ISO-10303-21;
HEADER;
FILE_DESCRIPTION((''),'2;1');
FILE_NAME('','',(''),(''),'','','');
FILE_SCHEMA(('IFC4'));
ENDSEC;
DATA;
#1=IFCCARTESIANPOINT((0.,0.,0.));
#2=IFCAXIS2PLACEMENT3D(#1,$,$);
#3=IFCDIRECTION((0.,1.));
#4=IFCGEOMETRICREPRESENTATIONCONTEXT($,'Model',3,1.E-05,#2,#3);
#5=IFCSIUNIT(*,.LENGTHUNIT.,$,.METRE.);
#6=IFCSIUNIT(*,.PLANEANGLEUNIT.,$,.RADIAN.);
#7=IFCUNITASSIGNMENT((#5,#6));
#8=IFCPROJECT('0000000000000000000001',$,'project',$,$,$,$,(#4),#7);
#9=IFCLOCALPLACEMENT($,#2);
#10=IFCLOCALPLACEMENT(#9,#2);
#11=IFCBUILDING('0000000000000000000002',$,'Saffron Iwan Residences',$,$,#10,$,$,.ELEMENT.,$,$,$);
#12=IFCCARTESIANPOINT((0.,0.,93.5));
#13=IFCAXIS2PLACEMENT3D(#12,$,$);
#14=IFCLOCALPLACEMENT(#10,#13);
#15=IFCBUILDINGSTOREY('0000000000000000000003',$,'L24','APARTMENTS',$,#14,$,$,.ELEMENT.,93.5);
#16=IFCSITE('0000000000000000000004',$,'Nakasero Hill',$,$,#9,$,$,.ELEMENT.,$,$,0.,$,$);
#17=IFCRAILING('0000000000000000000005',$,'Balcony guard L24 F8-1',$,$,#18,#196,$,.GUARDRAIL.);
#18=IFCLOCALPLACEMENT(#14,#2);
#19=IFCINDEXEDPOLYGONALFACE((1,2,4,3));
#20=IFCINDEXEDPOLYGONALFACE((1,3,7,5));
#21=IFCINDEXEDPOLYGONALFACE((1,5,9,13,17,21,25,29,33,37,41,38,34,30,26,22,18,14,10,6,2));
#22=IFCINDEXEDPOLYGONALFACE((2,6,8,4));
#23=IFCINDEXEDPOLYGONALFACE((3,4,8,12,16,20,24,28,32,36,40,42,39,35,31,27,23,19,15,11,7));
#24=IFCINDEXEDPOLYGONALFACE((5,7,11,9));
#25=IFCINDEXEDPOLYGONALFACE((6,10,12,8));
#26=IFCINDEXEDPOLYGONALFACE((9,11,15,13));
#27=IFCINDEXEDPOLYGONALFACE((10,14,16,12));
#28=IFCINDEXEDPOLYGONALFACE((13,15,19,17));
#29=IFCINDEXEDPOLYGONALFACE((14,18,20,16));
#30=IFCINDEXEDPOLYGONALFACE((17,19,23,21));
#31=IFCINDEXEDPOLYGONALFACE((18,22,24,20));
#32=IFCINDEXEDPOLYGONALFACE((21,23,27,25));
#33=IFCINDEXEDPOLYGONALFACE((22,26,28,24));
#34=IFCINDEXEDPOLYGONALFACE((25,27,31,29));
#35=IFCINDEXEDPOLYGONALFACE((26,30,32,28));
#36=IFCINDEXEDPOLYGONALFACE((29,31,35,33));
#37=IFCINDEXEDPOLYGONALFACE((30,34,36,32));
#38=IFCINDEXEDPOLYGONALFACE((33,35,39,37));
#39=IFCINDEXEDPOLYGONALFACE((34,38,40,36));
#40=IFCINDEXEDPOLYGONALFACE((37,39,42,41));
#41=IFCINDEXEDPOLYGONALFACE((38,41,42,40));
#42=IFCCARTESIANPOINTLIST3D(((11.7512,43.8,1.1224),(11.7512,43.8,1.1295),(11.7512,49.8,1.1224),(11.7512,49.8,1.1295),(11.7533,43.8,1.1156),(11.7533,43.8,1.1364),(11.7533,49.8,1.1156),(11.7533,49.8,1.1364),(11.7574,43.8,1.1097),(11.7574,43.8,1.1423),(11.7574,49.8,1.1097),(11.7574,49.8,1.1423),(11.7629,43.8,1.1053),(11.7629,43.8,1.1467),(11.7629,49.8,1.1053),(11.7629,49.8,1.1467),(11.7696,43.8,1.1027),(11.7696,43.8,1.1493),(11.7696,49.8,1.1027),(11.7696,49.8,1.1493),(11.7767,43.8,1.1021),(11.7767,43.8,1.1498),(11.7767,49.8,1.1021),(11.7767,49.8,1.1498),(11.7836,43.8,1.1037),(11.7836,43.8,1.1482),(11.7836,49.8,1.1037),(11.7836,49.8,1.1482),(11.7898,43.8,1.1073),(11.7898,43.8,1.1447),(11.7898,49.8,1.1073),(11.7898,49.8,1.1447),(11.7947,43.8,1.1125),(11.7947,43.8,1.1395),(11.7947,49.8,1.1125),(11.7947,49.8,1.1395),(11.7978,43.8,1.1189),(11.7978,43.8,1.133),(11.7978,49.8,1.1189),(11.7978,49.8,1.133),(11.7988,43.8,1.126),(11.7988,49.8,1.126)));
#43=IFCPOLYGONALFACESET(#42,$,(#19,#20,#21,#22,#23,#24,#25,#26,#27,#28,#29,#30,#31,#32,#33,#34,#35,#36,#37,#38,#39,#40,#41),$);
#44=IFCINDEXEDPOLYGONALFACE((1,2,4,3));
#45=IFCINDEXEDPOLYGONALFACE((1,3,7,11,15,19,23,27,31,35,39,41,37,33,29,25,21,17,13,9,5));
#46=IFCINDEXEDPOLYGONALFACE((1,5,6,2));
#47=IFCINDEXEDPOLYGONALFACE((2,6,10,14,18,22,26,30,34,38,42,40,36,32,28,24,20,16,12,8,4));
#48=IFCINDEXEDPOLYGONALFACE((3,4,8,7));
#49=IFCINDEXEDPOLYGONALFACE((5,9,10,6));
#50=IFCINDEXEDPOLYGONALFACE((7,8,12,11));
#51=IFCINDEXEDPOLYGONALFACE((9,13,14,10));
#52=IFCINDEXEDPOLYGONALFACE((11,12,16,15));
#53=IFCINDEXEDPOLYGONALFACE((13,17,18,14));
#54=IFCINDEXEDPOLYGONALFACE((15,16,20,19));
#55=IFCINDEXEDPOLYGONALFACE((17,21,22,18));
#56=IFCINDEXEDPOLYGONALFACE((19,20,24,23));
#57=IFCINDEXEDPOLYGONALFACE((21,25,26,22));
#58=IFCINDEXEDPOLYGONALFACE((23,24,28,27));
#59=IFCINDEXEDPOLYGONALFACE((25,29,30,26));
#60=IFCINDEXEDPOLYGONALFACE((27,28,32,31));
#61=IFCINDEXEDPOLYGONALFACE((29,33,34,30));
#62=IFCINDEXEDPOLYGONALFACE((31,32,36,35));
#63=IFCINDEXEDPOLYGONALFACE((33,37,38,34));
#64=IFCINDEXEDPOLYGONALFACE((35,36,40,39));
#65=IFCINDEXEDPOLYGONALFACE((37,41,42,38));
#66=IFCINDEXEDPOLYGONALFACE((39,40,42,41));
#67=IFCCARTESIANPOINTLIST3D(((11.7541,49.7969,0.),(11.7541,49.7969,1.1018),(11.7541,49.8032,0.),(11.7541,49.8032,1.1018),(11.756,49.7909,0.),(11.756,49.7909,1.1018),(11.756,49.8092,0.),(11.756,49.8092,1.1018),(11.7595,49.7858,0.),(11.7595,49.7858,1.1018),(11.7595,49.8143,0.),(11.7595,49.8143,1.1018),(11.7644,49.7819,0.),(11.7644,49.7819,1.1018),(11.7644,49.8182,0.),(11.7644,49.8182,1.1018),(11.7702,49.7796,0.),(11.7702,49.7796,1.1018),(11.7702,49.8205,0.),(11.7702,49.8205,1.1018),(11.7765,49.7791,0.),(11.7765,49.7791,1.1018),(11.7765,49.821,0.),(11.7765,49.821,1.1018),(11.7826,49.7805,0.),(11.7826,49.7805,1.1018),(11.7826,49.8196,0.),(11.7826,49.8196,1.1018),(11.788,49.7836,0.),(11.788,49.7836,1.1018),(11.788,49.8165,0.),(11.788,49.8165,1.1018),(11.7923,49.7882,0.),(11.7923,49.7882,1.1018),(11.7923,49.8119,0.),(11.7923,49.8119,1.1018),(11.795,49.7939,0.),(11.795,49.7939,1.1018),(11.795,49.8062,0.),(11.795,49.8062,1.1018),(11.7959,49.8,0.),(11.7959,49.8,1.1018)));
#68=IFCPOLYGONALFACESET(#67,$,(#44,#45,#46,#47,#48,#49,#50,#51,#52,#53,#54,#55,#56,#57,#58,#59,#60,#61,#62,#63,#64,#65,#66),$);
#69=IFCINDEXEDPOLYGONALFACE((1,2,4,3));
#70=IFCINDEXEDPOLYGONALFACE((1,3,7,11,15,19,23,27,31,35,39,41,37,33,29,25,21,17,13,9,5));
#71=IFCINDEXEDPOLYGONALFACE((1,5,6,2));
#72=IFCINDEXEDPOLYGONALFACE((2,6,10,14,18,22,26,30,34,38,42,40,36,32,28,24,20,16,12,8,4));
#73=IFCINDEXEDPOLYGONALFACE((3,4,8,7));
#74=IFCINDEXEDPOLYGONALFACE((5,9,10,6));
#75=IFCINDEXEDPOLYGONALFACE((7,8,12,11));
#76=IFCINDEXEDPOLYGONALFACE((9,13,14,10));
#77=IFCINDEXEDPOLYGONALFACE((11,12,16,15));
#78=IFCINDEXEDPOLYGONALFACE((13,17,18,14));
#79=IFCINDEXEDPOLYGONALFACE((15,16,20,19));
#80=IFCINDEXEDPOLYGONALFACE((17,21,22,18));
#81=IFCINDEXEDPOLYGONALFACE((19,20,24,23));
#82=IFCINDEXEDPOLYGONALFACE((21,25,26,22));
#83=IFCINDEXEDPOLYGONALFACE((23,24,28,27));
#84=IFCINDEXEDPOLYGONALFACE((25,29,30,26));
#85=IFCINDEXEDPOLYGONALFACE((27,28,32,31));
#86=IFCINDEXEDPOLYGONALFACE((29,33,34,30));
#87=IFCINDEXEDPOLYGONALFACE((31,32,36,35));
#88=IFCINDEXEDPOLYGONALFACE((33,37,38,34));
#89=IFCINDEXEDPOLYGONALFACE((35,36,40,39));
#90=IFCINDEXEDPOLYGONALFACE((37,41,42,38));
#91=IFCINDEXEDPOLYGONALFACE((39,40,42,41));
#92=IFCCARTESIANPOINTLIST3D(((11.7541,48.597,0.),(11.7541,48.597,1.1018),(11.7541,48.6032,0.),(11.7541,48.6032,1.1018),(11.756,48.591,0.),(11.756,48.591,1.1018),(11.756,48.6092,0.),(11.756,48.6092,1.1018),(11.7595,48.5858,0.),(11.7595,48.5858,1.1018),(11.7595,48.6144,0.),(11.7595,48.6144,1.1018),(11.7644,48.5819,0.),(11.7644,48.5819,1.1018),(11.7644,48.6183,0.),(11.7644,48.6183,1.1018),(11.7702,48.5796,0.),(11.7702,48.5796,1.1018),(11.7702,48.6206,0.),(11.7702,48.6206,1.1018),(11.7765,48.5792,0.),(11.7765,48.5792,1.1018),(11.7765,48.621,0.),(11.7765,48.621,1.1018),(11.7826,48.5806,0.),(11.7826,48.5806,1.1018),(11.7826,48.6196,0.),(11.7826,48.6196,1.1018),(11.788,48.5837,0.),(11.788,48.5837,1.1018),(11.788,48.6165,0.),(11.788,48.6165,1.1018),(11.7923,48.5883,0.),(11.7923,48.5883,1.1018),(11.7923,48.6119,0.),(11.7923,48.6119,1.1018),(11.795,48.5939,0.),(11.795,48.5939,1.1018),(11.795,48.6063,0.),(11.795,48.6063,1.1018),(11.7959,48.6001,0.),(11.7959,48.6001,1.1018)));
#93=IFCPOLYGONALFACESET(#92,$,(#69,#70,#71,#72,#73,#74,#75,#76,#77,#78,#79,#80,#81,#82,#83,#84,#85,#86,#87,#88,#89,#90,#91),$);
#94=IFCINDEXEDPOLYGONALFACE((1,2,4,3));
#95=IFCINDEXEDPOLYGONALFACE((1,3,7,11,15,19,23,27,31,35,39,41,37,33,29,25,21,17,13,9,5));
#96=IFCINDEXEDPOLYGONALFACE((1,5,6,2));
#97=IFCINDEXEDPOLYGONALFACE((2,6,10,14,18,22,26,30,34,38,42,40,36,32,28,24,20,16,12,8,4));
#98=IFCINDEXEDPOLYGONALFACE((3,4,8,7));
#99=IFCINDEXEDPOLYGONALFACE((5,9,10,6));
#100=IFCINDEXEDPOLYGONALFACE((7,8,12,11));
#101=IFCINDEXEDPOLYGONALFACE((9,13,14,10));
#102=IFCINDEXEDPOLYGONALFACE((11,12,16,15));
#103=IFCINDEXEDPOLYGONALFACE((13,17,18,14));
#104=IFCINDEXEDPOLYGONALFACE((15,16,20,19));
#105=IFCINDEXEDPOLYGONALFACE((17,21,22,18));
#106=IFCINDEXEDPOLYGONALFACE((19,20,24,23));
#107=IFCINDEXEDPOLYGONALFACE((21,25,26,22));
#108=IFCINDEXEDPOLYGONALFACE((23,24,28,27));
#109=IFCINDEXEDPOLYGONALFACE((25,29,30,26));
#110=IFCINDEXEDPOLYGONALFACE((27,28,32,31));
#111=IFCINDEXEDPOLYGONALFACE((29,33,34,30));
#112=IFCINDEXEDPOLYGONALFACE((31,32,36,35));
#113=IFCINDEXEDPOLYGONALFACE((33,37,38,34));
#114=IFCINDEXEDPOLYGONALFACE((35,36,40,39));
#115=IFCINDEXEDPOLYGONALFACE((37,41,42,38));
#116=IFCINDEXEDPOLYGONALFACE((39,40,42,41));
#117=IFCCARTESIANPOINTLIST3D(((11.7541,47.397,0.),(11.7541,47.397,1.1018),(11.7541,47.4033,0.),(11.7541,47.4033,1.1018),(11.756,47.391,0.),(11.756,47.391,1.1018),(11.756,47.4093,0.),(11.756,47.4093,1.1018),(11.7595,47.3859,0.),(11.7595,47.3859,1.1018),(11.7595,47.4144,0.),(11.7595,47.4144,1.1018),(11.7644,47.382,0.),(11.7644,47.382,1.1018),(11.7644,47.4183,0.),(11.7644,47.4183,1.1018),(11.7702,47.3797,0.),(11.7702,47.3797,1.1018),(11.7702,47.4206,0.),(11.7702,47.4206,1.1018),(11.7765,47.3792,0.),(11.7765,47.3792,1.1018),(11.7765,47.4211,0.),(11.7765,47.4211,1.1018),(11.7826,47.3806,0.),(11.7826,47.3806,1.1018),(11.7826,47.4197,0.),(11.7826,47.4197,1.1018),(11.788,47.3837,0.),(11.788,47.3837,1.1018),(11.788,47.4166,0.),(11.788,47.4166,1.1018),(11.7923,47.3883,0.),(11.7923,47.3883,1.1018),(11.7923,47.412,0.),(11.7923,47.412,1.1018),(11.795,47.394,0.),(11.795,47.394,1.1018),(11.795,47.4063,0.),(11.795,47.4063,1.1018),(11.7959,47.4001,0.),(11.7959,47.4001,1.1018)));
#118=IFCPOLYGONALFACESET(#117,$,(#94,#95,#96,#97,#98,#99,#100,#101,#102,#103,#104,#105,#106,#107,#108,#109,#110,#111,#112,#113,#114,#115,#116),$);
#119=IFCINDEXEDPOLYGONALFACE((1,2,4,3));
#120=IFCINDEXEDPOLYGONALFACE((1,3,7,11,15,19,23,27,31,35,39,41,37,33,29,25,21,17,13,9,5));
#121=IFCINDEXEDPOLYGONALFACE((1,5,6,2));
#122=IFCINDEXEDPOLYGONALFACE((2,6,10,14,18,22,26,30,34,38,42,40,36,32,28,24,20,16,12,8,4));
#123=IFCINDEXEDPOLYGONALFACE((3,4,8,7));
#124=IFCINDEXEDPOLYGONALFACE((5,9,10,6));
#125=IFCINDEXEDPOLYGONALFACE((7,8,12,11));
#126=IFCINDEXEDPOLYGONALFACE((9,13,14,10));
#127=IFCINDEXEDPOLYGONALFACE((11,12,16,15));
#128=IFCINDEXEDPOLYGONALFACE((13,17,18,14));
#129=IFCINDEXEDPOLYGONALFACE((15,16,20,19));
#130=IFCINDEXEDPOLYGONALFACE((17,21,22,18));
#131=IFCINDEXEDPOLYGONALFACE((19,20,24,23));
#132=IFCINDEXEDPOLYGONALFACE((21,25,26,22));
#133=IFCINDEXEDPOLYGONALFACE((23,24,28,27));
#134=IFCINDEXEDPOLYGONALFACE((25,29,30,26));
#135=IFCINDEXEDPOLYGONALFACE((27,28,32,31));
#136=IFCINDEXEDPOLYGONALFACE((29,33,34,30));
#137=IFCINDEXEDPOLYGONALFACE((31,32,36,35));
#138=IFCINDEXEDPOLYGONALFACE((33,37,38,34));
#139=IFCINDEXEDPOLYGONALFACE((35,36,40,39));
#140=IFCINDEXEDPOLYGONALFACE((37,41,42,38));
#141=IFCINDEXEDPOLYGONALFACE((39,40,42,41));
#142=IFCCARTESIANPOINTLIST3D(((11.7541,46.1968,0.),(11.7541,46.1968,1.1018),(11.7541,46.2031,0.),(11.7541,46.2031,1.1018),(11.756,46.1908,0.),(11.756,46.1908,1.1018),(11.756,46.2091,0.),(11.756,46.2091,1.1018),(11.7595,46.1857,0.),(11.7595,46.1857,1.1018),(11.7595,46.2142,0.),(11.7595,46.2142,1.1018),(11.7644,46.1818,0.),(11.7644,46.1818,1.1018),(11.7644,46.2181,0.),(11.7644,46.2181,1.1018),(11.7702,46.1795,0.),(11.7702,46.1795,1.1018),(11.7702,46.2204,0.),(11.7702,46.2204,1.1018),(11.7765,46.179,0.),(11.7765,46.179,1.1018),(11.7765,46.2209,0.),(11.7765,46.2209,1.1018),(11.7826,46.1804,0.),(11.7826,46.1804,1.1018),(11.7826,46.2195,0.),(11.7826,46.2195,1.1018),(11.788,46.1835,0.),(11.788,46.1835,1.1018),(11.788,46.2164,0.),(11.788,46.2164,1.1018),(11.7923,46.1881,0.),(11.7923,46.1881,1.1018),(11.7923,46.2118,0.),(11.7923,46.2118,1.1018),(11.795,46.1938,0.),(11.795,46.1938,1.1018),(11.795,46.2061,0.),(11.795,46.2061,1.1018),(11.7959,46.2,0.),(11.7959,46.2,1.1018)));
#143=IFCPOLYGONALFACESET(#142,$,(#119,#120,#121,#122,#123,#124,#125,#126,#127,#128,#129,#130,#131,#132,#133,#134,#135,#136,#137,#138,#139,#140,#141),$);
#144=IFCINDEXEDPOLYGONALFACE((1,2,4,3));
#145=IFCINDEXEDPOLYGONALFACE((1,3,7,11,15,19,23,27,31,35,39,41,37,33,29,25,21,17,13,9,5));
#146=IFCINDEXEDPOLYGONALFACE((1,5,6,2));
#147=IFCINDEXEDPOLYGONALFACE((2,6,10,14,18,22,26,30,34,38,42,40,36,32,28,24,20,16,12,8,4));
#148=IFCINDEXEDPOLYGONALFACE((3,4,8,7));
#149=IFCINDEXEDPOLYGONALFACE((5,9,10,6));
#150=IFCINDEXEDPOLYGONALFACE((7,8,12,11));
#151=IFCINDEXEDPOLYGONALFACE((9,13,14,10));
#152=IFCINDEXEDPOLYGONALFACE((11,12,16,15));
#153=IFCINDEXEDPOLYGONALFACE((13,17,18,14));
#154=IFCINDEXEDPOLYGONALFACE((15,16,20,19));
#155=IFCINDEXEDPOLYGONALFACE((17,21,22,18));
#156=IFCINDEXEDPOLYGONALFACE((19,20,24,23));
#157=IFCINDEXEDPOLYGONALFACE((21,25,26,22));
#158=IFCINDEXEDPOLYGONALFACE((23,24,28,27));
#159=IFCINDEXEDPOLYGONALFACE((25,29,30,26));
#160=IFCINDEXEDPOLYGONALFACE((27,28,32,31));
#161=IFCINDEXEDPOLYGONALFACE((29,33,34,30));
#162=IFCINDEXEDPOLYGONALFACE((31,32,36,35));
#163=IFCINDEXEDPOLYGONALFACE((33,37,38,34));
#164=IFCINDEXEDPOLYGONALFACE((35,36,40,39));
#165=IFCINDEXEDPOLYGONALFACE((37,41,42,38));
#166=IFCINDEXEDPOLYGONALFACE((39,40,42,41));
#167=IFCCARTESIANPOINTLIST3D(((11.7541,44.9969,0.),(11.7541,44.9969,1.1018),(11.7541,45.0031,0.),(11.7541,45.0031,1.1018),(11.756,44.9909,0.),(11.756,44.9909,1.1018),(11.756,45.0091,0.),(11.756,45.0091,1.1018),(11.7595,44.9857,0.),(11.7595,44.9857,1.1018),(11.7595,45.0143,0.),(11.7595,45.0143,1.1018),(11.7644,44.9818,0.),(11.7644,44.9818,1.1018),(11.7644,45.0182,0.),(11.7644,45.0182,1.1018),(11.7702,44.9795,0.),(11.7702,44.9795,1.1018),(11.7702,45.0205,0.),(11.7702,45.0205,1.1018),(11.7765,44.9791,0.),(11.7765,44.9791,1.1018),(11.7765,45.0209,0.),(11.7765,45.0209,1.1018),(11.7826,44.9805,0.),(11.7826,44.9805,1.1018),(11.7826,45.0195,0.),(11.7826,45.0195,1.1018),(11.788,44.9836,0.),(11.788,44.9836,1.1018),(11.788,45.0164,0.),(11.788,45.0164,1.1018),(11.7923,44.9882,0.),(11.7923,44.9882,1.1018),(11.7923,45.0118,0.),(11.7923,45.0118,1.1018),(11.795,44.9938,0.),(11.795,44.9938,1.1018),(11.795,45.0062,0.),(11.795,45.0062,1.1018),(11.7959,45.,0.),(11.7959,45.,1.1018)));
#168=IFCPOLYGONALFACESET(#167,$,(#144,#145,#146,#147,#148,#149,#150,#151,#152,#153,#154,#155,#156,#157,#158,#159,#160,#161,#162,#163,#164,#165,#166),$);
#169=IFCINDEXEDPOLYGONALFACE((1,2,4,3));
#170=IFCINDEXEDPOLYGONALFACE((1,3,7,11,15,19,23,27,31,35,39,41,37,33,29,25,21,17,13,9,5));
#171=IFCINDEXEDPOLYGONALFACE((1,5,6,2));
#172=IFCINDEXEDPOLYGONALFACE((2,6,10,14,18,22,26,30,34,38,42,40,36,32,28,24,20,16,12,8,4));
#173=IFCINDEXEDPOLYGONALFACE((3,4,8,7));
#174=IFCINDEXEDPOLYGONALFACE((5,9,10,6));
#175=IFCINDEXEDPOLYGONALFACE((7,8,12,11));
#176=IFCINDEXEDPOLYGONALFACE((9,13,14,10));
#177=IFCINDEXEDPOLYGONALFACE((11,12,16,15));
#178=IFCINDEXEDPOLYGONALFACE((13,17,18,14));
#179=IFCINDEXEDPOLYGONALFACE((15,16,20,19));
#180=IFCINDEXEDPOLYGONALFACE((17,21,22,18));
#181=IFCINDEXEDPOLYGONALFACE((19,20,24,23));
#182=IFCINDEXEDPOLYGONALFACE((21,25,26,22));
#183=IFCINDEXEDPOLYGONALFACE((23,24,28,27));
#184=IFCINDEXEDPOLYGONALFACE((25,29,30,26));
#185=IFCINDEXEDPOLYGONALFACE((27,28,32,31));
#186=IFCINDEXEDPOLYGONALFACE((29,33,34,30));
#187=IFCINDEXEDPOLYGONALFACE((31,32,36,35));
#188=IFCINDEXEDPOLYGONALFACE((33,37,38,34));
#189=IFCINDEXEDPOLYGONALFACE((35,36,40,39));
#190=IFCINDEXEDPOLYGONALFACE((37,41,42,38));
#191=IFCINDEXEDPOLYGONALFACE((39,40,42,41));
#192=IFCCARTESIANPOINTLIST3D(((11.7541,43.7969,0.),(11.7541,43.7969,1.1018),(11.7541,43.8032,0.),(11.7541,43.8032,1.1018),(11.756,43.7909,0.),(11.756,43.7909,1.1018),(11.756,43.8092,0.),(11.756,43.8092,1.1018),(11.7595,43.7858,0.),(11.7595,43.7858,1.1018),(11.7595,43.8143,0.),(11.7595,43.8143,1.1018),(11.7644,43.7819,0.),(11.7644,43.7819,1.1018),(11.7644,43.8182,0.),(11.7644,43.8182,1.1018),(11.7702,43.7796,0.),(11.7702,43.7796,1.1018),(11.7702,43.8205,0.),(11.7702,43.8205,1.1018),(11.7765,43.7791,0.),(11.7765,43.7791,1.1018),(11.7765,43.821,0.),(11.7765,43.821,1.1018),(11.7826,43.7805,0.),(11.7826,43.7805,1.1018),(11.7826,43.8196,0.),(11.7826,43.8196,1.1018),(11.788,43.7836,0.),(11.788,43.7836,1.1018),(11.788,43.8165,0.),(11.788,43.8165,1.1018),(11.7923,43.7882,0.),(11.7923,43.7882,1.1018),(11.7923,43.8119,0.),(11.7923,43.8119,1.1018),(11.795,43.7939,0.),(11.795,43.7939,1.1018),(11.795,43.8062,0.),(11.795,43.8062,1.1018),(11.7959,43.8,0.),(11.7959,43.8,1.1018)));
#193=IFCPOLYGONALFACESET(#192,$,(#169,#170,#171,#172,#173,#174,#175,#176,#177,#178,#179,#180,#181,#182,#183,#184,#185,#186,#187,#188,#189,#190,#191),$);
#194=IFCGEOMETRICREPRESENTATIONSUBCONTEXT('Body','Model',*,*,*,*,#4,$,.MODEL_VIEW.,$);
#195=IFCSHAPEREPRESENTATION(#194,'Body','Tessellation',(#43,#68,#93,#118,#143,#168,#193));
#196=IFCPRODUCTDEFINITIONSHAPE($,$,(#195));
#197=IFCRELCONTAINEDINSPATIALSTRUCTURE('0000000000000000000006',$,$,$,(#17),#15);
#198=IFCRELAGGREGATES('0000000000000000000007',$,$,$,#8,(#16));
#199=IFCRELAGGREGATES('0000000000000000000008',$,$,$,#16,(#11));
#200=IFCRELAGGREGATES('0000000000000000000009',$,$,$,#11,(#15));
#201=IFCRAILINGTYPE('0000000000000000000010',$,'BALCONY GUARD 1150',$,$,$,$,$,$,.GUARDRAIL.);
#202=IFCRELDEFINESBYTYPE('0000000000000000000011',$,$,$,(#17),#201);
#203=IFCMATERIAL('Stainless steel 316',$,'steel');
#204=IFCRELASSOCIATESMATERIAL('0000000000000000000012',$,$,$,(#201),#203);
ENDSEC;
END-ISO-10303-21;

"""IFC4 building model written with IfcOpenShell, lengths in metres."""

from ifc_helpers import new_model, si_unit, direction, frame, origin, origin_2d, place, context, subcontext, project, spatial, circle, extrude, material, type_object, element, save


model = new_model("IFC4")

# Units and contexts
model_context = context("Model", 3, precision=1e-05, world=origin(), true_north=direction((0.0, 1.0)))
body_context = subcontext(model_context, "Body", "Model", "MODEL_VIEW")
ifc_project = project(units=[si_unit("LENGTHUNIT", "METRE"), si_unit("PLANEANGLEUNIT", "RADIAN")], contexts=[model_context])

# Site, building, storey
site_placement = place(None, origin())
site = spatial("IfcSite", under=ifc_project, at=site_placement, Name="Nakasero Hill", CompositionType="ELEMENT", RefElevation=0.0)
building_placement = place(site_placement, origin())
building = spatial("IfcBuilding", under=site, at=building_placement, Name="Saffron Iwan Residences", CompositionType="ELEMENT")
storey_placement = place(building_placement, frame((0.0, 0.0, 93.5)))
storey = spatial("IfcBuildingStorey", under=building, at=storey_placement, Name="L24", Description="APARTMENTS", CompositionType="ELEMENT", Elevation=93.5)

# Railing
ifc_material_1 = material(Name="Stainless steel 316", Category="steel")
railing_type = type_object("IfcRailingType", Name="BALCONY GUARD 1150", PredefinedType="GUARDRAIL", material=ifc_material_1)
for number, where, name in (
    (1, (11.7749, 49.8, 0.0), "Balcony guard L24 F8-1"),
):
    element("IfcRailing", number, at=place(storey_placement, frame(where)), inside=storey, type_object=railing_type, Name=name, PredefinedType="GUARDRAIL", context=body_context, shape_type="SweptSolid", body=[
        extrude(circle(Radius=0.0239, at=origin_2d()), frame((0.0, 0.0, 1.126), z_axis=(0.0, -1.0, 0.0), x_axis=(1.0, 0.0, 0.0)), (0.0, 0.0, 1.0), 6.0),
        extrude(circle(Radius=0.021, at=origin_2d()), origin(), (0.0, 0.0, 1.0), 1.1018),
        extrude(circle(Radius=0.021, at=origin_2d()), frame((0.0, -1.2, 0.0)), (0.0, 0.0, 1.0), 1.1018),
        extrude(circle(Radius=0.021, at=origin_2d()), frame((0.0, -2.3999, 0.0)), (0.0, 0.0, 1.0), 1.1018),
        extrude(circle(Radius=0.021, at=origin_2d()), frame((0.0, -3.6001, 0.0)), (0.0, 0.0, 1.0), 1.1018),
        extrude(circle(Radius=0.021, at=origin_2d()), frame((0.0, -4.8, 0.0)), (0.0, 0.0, 1.0), 1.1018),
        extrude(circle(Radius=0.021, at=origin_2d()), frame((0.0, -6.0, 0.0)), (0.0, 0.0, 1.0), 1.1018),
    ])

save(model, "model.ifc")
